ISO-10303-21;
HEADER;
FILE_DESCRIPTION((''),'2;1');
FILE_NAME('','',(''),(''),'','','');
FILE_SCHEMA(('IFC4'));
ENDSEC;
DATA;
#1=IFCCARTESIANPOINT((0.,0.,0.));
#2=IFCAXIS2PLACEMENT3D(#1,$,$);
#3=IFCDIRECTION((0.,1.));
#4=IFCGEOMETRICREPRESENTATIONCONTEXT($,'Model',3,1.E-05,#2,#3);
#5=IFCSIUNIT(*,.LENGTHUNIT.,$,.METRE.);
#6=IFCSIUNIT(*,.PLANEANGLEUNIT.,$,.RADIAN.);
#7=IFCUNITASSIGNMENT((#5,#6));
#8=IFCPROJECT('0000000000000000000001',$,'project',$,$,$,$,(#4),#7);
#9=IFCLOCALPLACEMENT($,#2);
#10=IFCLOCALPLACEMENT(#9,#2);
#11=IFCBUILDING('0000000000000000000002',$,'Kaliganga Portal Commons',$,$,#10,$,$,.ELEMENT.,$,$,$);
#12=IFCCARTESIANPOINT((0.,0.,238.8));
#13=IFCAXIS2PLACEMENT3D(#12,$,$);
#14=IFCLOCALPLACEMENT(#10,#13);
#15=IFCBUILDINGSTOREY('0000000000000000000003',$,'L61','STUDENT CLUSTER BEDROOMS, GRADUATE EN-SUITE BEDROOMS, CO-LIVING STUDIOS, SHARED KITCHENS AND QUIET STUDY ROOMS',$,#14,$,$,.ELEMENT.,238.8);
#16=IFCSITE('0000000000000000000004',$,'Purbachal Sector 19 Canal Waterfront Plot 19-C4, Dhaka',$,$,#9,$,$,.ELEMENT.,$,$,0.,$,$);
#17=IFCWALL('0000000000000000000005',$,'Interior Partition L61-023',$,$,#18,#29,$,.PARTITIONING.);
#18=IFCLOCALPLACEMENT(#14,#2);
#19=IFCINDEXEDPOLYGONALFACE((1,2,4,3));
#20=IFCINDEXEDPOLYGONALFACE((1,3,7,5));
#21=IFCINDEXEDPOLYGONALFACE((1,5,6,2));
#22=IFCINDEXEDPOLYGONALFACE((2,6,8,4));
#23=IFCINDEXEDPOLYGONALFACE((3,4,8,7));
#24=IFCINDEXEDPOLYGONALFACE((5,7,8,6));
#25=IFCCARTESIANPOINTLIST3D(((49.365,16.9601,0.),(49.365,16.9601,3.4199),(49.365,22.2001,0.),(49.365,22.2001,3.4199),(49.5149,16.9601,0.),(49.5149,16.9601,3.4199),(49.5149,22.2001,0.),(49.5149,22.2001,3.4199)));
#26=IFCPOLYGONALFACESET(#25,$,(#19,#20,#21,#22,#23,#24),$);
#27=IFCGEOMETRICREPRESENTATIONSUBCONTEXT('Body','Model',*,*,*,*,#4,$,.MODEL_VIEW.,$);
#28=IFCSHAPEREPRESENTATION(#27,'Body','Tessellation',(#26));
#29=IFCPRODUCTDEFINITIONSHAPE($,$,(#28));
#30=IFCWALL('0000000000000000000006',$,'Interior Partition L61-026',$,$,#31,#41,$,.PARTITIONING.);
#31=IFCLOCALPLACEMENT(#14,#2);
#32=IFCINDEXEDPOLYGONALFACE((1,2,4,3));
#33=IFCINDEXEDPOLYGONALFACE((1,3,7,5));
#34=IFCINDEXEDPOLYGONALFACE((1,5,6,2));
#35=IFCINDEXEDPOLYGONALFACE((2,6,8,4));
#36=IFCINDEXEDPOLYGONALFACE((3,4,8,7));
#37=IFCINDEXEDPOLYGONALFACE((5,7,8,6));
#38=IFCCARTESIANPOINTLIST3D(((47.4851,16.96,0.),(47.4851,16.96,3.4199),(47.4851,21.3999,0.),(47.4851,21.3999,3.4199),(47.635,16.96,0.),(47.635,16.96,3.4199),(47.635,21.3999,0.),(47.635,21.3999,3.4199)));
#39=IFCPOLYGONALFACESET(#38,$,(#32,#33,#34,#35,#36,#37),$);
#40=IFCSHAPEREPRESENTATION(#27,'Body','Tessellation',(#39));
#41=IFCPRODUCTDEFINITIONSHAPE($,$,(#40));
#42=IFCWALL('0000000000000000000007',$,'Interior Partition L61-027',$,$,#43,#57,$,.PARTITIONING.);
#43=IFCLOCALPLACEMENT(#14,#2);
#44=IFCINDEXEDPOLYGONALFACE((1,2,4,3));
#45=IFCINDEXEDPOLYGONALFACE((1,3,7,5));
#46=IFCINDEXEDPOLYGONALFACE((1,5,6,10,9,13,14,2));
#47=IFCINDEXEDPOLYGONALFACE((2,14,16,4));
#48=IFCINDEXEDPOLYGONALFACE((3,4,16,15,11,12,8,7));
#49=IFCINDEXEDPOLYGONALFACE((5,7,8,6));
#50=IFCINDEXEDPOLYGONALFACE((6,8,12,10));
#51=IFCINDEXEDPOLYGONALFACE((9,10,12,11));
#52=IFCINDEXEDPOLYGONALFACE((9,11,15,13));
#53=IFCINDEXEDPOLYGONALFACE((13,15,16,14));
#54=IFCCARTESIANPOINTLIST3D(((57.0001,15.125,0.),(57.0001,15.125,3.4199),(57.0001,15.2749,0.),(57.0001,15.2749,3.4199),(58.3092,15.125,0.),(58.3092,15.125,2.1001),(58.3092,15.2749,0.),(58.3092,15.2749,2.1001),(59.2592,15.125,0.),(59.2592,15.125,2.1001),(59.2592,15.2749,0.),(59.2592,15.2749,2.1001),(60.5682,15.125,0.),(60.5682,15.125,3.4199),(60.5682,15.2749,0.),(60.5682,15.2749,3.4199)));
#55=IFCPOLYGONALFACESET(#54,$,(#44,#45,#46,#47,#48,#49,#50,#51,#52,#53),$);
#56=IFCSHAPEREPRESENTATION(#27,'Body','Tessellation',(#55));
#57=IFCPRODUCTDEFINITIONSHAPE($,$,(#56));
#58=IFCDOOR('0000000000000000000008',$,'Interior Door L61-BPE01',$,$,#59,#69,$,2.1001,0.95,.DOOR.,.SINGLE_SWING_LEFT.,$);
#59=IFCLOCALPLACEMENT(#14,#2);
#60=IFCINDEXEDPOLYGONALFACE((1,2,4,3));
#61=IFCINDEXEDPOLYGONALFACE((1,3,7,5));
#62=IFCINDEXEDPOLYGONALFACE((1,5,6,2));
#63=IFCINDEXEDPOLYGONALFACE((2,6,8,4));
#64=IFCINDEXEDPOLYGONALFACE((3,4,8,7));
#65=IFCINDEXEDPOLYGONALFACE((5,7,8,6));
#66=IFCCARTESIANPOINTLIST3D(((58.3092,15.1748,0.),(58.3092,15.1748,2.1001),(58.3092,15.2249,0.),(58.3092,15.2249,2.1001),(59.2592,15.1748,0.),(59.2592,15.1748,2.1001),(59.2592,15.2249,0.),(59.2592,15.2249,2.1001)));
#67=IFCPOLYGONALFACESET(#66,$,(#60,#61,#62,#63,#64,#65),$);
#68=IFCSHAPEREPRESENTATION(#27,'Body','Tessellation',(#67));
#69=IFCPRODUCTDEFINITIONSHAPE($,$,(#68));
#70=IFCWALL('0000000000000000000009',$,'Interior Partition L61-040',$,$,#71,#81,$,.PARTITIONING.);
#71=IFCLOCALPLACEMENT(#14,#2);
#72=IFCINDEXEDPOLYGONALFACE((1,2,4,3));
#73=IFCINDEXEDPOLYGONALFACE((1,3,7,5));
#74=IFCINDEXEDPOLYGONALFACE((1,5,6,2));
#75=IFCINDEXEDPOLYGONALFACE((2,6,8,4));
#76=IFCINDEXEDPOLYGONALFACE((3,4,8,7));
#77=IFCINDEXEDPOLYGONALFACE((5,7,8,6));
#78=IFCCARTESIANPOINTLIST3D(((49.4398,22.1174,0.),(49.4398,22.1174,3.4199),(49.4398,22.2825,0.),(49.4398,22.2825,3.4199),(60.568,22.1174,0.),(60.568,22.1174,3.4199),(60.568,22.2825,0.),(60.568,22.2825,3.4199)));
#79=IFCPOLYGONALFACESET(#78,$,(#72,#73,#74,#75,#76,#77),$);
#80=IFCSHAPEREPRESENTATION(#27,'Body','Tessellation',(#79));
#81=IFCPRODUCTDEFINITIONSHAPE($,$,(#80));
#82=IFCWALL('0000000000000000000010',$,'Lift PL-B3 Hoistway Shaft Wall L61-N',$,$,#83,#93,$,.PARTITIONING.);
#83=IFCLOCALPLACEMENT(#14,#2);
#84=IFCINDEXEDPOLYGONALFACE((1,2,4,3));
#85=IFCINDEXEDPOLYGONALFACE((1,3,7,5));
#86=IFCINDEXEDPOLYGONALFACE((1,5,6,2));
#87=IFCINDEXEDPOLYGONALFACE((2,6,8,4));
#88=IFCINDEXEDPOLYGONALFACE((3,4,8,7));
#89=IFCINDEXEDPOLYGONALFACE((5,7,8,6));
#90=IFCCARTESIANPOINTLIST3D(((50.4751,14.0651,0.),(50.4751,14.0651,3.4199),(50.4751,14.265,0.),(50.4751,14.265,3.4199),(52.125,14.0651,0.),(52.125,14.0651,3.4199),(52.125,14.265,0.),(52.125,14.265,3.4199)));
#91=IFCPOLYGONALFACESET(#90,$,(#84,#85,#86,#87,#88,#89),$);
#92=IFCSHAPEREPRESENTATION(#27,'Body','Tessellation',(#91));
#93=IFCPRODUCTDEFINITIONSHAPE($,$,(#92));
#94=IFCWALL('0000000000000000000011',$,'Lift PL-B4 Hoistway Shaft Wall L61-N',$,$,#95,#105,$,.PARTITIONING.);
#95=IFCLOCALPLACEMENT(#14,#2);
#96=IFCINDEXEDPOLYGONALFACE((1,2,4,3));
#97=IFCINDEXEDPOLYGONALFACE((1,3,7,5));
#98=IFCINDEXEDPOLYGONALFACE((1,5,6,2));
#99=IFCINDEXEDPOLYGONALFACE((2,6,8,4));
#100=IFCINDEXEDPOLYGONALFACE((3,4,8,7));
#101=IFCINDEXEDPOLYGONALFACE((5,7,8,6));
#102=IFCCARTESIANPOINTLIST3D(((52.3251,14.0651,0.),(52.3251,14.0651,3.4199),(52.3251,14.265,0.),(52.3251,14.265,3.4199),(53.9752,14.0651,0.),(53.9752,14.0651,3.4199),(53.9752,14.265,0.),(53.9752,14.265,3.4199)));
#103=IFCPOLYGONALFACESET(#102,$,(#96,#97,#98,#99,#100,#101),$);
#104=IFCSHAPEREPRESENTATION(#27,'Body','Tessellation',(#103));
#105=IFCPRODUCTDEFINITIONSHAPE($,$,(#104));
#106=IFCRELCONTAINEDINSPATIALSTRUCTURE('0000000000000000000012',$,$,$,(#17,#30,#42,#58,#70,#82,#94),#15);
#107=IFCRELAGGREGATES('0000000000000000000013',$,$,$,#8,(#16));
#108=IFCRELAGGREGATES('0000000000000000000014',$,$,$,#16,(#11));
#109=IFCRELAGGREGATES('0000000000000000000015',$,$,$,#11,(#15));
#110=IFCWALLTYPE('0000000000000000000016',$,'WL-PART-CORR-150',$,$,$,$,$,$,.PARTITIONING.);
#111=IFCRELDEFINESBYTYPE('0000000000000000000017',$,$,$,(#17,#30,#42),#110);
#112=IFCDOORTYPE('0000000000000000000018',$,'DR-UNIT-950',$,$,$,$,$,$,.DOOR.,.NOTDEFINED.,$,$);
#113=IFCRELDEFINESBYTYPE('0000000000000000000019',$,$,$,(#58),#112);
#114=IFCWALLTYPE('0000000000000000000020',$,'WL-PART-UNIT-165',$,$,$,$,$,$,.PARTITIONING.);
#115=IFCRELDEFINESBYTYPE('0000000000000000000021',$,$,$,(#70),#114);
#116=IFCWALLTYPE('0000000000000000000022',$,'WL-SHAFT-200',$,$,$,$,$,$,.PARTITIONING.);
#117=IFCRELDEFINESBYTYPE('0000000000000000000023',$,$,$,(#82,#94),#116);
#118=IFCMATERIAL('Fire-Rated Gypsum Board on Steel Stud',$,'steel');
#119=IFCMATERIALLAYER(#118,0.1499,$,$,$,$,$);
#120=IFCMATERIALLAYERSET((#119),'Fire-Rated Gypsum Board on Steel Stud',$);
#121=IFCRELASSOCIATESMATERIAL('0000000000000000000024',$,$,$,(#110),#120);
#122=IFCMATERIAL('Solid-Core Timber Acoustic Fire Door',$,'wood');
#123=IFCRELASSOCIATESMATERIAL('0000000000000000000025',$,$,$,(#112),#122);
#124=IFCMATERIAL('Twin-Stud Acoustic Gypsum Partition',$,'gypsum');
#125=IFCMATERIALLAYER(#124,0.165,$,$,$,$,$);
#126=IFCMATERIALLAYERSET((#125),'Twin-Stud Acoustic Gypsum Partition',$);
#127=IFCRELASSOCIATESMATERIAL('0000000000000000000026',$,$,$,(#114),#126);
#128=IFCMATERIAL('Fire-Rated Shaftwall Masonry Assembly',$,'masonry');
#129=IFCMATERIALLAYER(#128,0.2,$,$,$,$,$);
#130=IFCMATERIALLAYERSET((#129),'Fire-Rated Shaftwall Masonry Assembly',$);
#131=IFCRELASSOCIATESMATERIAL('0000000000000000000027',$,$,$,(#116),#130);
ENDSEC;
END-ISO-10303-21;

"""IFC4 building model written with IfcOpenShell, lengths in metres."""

from ifc_helpers import new_model, si_unit, direction, frame, frame_2d, origin, place, context, subcontext, project, spatial, rectangle, extrude, material, layer, layer_set, type_object, element, fill, save


model = new_model("IFC4")

# Units and contexts
model_context = context("Model", 3, precision=1e-05, world=origin(), true_north=direction((0.0, 1.0)))
body_context = subcontext(model_context, "Body", "Model", "MODEL_VIEW")
ifc_project = project(units=[si_unit("LENGTHUNIT", "METRE"), si_unit("PLANEANGLEUNIT", "RADIAN")], contexts=[model_context])

# Site, building, storey
site_placement = place(None, origin())
site = spatial("IfcSite", under=ifc_project, at=site_placement, Name="Purbachal Sector 19 Canal Waterfront Plot 19-C4, Dhaka", CompositionType="ELEMENT", RefElevation=0.0)
building_placement = place(site_placement, origin())
building = spatial("IfcBuilding", under=site, at=building_placement, Name="Kaliganga Portal Commons", CompositionType="ELEMENT")
storey_placement = place(building_placement, frame((0.0, 0.0, 238.8)))
storey = spatial("IfcBuildingStorey", under=building, at=storey_placement, Name="L61", Description="STUDENT CLUSTER BEDROOMS, GRADUATE EN-SUITE BEDROOMS, CO-LIVING STUDIOS, SHARED KITCHENS AND QUIET STUDY ROOMS", CompositionType="ELEMENT", Elevation=238.8)

# Shared definitions
ifc_material_1 = material(Name="Fire-Rated Gypsum Board on Steel Stud", Category="steel")
ifc_layer_1 = layer(ifc_material_1, 0.1499)
ifc_layer_set_1 = layer_set([ifc_layer_1], Name="Fire-Rated Gypsum Board on Steel Stud")
wall_type_1 = type_object("IfcWallType", Name="WL-PART-CORR-150", PredefinedType="PARTITIONING", material=ifc_layer_set_1)
ifc_material_2 = material(Name="Solid-Core Timber Acoustic Fire Door", Category="wood")
door_type_1 = type_object("IfcDoorType", Name="DR-UNIT-950", OperationType="NOTDEFINED", PredefinedType="DOOR", material=ifc_material_2)

# Walls
wall_1_placement = place(storey_placement, frame((49.4399, 16.96, 0.0), z_axis=(0.0, 0.0, 1.0), x_axis=(0.0, 1.0, 0.0)))
element("IfcWall", 1, at=wall_1_placement, inside=storey, type_object=wall_type_1, Name="Interior Partition L61-023", PredefinedType="PARTITIONING", context=body_context, shape_type="SweptSolid", body=[
    extrude(rectangle(XDim=5.24, YDim=0.1499, at=frame_2d((2.6201, 0.0))), origin(), (0.0, 0.0, 1.0), 3.4199),
])
wall_2_placement = place(storey_placement, frame((47.5601, 16.96, 0.0), z_axis=(0.0, 0.0, 1.0), x_axis=(0.0, 1.0, 0.0)))
element("IfcWall", 2, at=wall_2_placement, inside=storey, type_object=wall_type_1, Name="Interior Partition L61-026", PredefinedType="PARTITIONING", context=body_context, shape_type="SweptSolid", body=[
    extrude(rectangle(XDim=4.4399, YDim=0.1499, at=frame_2d((2.22, 0.0))), origin(), (0.0, 0.0, 1.0), 3.4199),
])

# Wall, opening, door
wall_3_placement = place(storey_placement, frame((57.0, 15.2, 0.0), z_axis=(0.0, 0.0, 1.0), x_axis=(1.0, 0.0, 0.0)))
wall_3 = element("IfcWall", 3, at=wall_3_placement, inside=storey, type_object=wall_type_1, Name="Interior Partition L61-027", PredefinedType="PARTITIONING", context=body_context, shape_type="SweptSolid", body=[
    extrude(rectangle(XDim=3.5681, YDim=0.1499, at=frame_2d((1.7842, 0.0))), origin(), (0.0, 0.0, 1.0), 3.4199),
])
opening_1_placement = place(wall_3_placement, frame((1.3091, 0.0, 0.0)))
opening_1 = element("IfcOpeningElement", 4, at=opening_1_placement, cuts=wall_3, PredefinedType="OPENING", context=body_context, shape_type="SweptSolid", body=[
    extrude(rectangle(XDim=0.95, YDim=2.1001, at=frame_2d((0.4751, 1.05))), frame((0.0, 0.085, 0.0), z_axis=(0.0, -1.0, 0.0), x_axis=(1.0, 0.0, 0.0)), (0.0, 0.0, 1.0), 0.1699),
])
door_1_placement = place(opening_1_placement, origin())
door_1 = element("IfcDoor", 5, at=door_1_placement, inside=storey, type_object=door_type_1, Name="Interior Door L61-BPE01", OperationType="SINGLE_SWING_LEFT", OverallHeight=2.1001, OverallWidth=0.95, PredefinedType="DOOR", context=body_context, shape_type="SweptSolid", body=[
    extrude(rectangle(XDim=0.95, YDim=2.1001, at=frame_2d((0.4751, 1.05))), frame((0.0, 0.0249, 0.0), z_axis=(0.0, -1.0, 0.0), x_axis=(1.0, 0.0, 0.0)), (0.0, 0.0, 1.0), 0.05),
])
fill(opening_1, door_1)

# Walls
ifc_material_3 = material(Name="Twin-Stud Acoustic Gypsum Partition", Category="gypsum")
ifc_layer_2 = layer(ifc_material_3, 0.165)
ifc_layer_set_2 = layer_set([ifc_layer_2], Name="Twin-Stud Acoustic Gypsum Partition")
wall_type_2 = type_object("IfcWallType", Name="WL-PART-UNIT-165", PredefinedType="PARTITIONING", material=ifc_layer_set_2)
wall_4_placement = place(storey_placement, frame((49.4399, 22.2, 0.0), z_axis=(0.0, 0.0, 1.0), x_axis=(1.0, 0.0, 0.0)))
element("IfcWall", 6, at=wall_4_placement, inside=storey, type_object=wall_type_2, Name="Interior Partition L61-040", PredefinedType="PARTITIONING", context=body_context, shape_type="SweptSolid", body=[
    extrude(rectangle(XDim=11.1282, YDim=0.165, at=frame_2d((5.564, 0.0))), origin(), (0.0, 0.0, 1.0), 3.4199),
])
ifc_material_4 = material(Name="Fire-Rated Shaftwall Masonry Assembly", Category="masonry")
ifc_layer_3 = layer(ifc_material_4, 0.2)
ifc_layer_set_3 = layer_set([ifc_layer_3], Name="Fire-Rated Shaftwall Masonry Assembly")
wall_type_3 = type_object("IfcWallType", Name="WL-SHAFT-200", PredefinedType="PARTITIONING", material=ifc_layer_set_3)
wall_5_placement = place(storey_placement, frame((50.4751, 14.165, 0.0), z_axis=(0.0, 0.0, 1.0), x_axis=(1.0, 0.0, 0.0)))
element("IfcWall", 7, at=wall_5_placement, inside=storey, type_object=wall_type_3, Name="Lift PL-B3 Hoistway Shaft Wall L61-N", PredefinedType="PARTITIONING", context=body_context, shape_type="SweptSolid", body=[
    extrude(rectangle(XDim=1.6499, YDim=0.2, at=frame_2d((0.825, 0.0))), origin(), (0.0, 0.0, 1.0), 3.4199),
])
wall_6_placement = place(storey_placement, frame((52.325, 14.165, 0.0), z_axis=(0.0, 0.0, 1.0), x_axis=(1.0, 0.0, 0.0)))
element("IfcWall", 8, at=wall_6_placement, inside=storey, type_object=wall_type_3, Name="Lift PL-B4 Hoistway Shaft Wall L61-N", PredefinedType="PARTITIONING", context=body_context, shape_type="SweptSolid", body=[
    extrude(rectangle(XDim=1.6501, YDim=0.2, at=frame_2d((0.8252, 0.0))), origin(), (0.0, 0.0, 1.0), 3.4199),
])

save(model, "model.ifc")
